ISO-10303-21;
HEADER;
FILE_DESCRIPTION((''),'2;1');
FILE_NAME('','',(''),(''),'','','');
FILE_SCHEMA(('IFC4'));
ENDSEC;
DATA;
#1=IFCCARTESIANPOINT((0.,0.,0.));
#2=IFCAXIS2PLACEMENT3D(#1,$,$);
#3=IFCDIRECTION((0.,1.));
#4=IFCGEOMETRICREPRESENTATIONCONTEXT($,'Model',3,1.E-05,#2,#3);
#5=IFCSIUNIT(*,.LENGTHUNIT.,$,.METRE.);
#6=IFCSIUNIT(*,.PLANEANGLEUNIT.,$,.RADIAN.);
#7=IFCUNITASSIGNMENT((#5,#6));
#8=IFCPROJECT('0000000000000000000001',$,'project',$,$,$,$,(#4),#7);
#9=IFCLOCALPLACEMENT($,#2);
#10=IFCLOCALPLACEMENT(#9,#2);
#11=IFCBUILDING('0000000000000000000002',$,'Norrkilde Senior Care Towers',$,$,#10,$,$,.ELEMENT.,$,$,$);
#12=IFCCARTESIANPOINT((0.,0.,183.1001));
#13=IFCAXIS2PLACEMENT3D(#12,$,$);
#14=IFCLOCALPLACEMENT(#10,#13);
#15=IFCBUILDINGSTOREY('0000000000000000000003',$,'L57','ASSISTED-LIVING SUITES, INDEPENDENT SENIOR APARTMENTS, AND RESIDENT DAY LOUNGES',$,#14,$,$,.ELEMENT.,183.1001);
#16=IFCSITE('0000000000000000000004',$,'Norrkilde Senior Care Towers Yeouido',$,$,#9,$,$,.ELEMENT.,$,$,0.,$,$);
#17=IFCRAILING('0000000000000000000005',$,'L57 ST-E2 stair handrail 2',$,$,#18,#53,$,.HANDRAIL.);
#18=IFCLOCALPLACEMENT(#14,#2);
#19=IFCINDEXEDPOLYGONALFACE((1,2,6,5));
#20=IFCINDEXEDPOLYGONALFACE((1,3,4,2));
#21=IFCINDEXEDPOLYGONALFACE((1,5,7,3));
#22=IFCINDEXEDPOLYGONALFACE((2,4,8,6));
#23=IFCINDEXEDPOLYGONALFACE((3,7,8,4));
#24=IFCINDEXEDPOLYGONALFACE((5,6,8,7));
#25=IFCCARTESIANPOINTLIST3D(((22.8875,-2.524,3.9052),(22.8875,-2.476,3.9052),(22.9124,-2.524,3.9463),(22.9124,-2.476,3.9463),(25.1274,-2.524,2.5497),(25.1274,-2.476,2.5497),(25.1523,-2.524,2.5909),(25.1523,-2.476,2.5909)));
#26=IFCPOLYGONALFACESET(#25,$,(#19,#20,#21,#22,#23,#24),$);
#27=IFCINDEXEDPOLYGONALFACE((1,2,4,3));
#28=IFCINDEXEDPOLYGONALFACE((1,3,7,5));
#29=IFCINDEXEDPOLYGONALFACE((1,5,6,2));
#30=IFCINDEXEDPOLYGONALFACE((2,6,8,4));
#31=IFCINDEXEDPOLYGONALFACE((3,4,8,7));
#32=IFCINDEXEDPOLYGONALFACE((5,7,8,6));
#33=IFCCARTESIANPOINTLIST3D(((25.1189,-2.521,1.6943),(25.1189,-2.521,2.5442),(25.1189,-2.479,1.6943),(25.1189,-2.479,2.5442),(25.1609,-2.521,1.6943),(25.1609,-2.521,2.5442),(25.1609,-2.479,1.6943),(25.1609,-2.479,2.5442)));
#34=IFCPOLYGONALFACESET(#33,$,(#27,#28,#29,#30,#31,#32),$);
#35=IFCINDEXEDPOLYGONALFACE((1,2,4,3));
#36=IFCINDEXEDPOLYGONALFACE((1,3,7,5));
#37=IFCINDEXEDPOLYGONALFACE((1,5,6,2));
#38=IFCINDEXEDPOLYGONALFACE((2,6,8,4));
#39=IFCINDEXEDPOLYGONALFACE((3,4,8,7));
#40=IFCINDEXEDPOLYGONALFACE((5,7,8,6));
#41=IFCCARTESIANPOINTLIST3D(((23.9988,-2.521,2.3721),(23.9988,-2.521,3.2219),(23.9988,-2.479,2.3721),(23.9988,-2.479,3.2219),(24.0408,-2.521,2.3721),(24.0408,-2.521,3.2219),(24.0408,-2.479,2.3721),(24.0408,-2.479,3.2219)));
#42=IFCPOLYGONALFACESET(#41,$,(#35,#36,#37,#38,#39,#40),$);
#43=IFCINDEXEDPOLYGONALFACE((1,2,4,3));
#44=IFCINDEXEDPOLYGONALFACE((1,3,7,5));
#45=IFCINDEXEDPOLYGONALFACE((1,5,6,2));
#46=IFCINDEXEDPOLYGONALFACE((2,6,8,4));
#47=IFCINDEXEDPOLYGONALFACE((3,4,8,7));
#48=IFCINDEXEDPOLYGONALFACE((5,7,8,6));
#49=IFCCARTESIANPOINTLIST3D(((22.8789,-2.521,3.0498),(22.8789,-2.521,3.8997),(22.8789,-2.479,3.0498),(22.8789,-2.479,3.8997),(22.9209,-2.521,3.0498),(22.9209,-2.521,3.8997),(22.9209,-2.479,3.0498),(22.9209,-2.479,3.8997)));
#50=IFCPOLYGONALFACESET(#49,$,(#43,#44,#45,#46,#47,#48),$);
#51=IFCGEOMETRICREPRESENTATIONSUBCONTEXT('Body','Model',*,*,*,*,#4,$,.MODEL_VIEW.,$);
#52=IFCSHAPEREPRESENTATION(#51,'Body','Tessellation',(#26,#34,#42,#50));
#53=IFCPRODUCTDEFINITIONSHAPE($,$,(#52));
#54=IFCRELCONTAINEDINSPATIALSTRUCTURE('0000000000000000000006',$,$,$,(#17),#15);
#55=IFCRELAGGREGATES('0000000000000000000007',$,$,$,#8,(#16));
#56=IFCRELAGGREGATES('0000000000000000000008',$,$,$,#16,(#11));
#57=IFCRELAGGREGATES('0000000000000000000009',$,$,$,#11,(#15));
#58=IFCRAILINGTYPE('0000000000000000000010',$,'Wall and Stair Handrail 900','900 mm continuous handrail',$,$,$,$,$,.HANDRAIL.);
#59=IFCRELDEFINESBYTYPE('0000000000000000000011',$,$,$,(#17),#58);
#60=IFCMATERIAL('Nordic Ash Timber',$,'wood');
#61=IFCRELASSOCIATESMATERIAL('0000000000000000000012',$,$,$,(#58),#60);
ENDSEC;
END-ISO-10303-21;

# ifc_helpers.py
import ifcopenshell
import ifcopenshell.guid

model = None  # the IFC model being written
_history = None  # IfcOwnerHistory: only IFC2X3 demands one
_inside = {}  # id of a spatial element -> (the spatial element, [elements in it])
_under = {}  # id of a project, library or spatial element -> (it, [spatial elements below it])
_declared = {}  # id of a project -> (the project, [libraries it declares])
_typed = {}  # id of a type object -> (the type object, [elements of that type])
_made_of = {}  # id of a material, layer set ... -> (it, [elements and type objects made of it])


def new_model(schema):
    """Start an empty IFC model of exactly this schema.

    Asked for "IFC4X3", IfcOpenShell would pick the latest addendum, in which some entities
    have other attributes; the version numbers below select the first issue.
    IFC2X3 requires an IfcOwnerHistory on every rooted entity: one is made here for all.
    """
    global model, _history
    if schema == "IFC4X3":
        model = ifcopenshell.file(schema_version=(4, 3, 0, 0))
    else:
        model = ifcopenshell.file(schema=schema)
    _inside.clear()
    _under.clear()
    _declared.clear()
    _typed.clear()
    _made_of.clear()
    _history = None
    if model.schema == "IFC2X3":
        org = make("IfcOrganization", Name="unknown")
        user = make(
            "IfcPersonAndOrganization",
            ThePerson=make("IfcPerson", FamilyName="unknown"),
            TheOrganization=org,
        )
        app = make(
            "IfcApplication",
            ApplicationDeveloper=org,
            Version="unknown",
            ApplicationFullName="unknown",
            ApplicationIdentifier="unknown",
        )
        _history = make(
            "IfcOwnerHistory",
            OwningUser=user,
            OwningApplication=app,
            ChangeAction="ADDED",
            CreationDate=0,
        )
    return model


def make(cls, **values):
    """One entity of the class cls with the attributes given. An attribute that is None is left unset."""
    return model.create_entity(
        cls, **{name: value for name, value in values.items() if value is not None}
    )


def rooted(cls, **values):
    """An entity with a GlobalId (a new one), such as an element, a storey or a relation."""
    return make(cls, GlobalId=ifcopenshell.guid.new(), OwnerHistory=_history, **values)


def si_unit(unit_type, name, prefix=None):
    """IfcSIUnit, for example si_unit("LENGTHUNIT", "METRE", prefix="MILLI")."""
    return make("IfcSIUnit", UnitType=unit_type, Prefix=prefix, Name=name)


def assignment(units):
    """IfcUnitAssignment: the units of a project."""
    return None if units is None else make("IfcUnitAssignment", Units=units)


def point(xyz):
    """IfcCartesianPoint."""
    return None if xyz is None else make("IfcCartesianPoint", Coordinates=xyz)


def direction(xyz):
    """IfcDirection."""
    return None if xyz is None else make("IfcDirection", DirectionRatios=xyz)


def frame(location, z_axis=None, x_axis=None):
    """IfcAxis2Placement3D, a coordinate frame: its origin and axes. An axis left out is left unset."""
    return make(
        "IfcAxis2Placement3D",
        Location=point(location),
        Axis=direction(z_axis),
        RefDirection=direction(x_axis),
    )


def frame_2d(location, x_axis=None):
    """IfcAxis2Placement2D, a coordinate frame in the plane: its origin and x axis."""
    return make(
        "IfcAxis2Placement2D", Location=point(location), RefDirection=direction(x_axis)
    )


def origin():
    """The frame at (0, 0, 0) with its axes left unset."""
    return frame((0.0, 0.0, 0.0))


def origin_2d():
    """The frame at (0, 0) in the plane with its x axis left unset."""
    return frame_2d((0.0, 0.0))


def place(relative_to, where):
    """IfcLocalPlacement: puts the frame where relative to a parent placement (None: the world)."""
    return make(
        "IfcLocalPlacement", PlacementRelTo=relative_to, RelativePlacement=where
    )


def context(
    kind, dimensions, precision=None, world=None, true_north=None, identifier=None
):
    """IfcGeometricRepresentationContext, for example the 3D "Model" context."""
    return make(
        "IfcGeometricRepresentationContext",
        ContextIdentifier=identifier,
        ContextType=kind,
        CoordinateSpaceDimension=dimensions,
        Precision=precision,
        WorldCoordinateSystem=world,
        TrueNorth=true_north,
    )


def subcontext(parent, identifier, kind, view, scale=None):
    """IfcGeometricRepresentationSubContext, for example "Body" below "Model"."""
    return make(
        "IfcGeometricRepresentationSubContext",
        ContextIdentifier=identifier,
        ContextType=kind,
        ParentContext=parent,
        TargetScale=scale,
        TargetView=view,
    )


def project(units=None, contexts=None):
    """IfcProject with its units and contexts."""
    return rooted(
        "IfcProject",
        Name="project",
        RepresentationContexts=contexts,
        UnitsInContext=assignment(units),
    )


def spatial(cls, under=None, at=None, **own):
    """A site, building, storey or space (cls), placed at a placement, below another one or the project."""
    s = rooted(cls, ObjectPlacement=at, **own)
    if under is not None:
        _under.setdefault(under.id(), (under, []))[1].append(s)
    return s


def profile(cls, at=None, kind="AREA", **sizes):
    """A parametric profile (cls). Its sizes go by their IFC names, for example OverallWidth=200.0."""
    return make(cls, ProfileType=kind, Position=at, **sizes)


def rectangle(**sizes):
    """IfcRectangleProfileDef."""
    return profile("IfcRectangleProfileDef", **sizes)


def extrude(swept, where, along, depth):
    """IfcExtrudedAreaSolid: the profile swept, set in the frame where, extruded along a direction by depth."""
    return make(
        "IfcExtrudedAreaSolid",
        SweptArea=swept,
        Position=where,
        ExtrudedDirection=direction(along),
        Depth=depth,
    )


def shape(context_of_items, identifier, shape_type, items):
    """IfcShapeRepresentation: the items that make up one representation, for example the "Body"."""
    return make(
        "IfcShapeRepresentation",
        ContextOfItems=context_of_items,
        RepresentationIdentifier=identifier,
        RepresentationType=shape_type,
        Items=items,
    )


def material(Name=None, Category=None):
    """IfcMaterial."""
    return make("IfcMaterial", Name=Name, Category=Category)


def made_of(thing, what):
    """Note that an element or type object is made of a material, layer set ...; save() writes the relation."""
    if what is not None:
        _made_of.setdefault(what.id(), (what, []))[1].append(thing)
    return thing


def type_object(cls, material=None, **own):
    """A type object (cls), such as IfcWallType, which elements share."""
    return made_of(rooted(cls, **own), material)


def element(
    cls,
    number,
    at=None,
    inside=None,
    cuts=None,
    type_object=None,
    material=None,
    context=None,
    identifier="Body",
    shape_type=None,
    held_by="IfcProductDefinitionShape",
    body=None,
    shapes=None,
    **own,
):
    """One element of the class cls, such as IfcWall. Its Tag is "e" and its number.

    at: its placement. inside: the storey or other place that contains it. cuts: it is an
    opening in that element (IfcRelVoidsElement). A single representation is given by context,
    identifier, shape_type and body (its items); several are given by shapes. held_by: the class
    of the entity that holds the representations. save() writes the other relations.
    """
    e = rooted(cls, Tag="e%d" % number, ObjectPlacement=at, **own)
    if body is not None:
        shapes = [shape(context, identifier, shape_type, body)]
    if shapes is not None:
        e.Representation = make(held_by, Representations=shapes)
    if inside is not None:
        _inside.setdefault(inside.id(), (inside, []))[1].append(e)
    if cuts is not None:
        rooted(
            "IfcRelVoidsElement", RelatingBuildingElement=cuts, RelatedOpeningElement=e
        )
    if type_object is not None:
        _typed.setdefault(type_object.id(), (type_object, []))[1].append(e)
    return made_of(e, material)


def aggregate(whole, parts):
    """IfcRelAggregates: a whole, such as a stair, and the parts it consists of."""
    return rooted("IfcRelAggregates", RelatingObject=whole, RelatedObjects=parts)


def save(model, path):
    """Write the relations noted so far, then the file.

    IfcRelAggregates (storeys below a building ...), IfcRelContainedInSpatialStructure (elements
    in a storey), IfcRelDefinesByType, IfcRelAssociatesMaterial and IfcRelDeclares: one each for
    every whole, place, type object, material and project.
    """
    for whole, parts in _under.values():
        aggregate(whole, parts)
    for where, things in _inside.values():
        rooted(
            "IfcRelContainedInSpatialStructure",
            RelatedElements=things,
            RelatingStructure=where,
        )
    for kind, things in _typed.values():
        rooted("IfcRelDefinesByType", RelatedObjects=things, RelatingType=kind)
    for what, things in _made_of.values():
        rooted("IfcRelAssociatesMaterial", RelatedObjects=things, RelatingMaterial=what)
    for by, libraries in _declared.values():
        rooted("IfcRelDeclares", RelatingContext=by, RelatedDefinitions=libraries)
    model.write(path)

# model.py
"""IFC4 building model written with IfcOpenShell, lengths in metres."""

from ifc_helpers import new_model, si_unit, direction, frame, origin, origin_2d, place, context, subcontext, project, spatial, rectangle, extrude, material, type_object, element, save


model = new_model("IFC4")

# Units and contexts
model_context = context("Model", 3, precision=1e-05, world=origin(), true_north=direction((0.0, 1.0)))
body_context = subcontext(model_context, "Body", "Model", "MODEL_VIEW")
ifc_project = project(units=[si_unit("LENGTHUNIT", "METRE"), si_unit("PLANEANGLEUNIT", "RADIAN")], contexts=[model_context])

# Site, building, storey
site_placement = place(None, origin())
site = spatial("IfcSite", under=ifc_project, at=site_placement, Name="Norrkilde Senior Care Towers Yeouido", CompositionType="ELEMENT", RefElevation=0.0)
building_placement = place(site_placement, origin())
building = spatial("IfcBuilding", under=site, at=building_placement, Name="Norrkilde Senior Care Towers", CompositionType="ELEMENT")
storey_placement = place(building_placement, frame((0.0, 0.0, 183.1001)))
storey = spatial("IfcBuildingStorey", under=building, at=storey_placement, Name="L57", Description="ASSISTED-LIVING SUITES, INDEPENDENT SENIOR APARTMENTS, AND RESIDENT DAY LOUNGES", CompositionType="ELEMENT", Elevation=183.1001)

# Railing
ifc_material_1 = material(Name="Nordic Ash Timber", Category="wood")
railing_type_1 = type_object("IfcRailingType", Name="Wall and Stair Handrail 900", Description="900 mm continuous handrail", PredefinedType="HANDRAIL", material=ifc_material_1)
railing_1_placement = place(storey_placement, frame((25.1399, -2.5, 1.6943)))
element("IfcRailing", 1, at=railing_1_placement, inside=storey, type_object=railing_type_1, Name="L57 ST-E2 stair handrail 2", PredefinedType="HANDRAIL", context=body_context, shape_type="SweptSolid", body=[
    extrude(rectangle(XDim=0.0481, YDim=0.0481, at=origin_2d()), frame((0.0, 0.0, 0.876), z_axis=(-0.855553, 0.0, 0.517715), x_axis=(0.0, -1.0, 0.0)), (0.0, 0.0, 1.0), 2.6182),
    extrude(rectangle(XDim=0.042, YDim=0.042, at=origin_2d()), origin(), (0.0, 0.0, 1.0), 0.8499),
    extrude(rectangle(XDim=0.042, YDim=0.042, at=origin_2d()), frame((-1.1201, 0.0, 0.6777)), (0.0, 0.0, 1.0), 0.8499),
    extrude(rectangle(XDim=0.042, YDim=0.042, at=origin_2d()), frame((-2.24, 0.0, 1.3555)), (0.0, 0.0, 1.0), 0.8499),
])

save(model, "model.ifc")
